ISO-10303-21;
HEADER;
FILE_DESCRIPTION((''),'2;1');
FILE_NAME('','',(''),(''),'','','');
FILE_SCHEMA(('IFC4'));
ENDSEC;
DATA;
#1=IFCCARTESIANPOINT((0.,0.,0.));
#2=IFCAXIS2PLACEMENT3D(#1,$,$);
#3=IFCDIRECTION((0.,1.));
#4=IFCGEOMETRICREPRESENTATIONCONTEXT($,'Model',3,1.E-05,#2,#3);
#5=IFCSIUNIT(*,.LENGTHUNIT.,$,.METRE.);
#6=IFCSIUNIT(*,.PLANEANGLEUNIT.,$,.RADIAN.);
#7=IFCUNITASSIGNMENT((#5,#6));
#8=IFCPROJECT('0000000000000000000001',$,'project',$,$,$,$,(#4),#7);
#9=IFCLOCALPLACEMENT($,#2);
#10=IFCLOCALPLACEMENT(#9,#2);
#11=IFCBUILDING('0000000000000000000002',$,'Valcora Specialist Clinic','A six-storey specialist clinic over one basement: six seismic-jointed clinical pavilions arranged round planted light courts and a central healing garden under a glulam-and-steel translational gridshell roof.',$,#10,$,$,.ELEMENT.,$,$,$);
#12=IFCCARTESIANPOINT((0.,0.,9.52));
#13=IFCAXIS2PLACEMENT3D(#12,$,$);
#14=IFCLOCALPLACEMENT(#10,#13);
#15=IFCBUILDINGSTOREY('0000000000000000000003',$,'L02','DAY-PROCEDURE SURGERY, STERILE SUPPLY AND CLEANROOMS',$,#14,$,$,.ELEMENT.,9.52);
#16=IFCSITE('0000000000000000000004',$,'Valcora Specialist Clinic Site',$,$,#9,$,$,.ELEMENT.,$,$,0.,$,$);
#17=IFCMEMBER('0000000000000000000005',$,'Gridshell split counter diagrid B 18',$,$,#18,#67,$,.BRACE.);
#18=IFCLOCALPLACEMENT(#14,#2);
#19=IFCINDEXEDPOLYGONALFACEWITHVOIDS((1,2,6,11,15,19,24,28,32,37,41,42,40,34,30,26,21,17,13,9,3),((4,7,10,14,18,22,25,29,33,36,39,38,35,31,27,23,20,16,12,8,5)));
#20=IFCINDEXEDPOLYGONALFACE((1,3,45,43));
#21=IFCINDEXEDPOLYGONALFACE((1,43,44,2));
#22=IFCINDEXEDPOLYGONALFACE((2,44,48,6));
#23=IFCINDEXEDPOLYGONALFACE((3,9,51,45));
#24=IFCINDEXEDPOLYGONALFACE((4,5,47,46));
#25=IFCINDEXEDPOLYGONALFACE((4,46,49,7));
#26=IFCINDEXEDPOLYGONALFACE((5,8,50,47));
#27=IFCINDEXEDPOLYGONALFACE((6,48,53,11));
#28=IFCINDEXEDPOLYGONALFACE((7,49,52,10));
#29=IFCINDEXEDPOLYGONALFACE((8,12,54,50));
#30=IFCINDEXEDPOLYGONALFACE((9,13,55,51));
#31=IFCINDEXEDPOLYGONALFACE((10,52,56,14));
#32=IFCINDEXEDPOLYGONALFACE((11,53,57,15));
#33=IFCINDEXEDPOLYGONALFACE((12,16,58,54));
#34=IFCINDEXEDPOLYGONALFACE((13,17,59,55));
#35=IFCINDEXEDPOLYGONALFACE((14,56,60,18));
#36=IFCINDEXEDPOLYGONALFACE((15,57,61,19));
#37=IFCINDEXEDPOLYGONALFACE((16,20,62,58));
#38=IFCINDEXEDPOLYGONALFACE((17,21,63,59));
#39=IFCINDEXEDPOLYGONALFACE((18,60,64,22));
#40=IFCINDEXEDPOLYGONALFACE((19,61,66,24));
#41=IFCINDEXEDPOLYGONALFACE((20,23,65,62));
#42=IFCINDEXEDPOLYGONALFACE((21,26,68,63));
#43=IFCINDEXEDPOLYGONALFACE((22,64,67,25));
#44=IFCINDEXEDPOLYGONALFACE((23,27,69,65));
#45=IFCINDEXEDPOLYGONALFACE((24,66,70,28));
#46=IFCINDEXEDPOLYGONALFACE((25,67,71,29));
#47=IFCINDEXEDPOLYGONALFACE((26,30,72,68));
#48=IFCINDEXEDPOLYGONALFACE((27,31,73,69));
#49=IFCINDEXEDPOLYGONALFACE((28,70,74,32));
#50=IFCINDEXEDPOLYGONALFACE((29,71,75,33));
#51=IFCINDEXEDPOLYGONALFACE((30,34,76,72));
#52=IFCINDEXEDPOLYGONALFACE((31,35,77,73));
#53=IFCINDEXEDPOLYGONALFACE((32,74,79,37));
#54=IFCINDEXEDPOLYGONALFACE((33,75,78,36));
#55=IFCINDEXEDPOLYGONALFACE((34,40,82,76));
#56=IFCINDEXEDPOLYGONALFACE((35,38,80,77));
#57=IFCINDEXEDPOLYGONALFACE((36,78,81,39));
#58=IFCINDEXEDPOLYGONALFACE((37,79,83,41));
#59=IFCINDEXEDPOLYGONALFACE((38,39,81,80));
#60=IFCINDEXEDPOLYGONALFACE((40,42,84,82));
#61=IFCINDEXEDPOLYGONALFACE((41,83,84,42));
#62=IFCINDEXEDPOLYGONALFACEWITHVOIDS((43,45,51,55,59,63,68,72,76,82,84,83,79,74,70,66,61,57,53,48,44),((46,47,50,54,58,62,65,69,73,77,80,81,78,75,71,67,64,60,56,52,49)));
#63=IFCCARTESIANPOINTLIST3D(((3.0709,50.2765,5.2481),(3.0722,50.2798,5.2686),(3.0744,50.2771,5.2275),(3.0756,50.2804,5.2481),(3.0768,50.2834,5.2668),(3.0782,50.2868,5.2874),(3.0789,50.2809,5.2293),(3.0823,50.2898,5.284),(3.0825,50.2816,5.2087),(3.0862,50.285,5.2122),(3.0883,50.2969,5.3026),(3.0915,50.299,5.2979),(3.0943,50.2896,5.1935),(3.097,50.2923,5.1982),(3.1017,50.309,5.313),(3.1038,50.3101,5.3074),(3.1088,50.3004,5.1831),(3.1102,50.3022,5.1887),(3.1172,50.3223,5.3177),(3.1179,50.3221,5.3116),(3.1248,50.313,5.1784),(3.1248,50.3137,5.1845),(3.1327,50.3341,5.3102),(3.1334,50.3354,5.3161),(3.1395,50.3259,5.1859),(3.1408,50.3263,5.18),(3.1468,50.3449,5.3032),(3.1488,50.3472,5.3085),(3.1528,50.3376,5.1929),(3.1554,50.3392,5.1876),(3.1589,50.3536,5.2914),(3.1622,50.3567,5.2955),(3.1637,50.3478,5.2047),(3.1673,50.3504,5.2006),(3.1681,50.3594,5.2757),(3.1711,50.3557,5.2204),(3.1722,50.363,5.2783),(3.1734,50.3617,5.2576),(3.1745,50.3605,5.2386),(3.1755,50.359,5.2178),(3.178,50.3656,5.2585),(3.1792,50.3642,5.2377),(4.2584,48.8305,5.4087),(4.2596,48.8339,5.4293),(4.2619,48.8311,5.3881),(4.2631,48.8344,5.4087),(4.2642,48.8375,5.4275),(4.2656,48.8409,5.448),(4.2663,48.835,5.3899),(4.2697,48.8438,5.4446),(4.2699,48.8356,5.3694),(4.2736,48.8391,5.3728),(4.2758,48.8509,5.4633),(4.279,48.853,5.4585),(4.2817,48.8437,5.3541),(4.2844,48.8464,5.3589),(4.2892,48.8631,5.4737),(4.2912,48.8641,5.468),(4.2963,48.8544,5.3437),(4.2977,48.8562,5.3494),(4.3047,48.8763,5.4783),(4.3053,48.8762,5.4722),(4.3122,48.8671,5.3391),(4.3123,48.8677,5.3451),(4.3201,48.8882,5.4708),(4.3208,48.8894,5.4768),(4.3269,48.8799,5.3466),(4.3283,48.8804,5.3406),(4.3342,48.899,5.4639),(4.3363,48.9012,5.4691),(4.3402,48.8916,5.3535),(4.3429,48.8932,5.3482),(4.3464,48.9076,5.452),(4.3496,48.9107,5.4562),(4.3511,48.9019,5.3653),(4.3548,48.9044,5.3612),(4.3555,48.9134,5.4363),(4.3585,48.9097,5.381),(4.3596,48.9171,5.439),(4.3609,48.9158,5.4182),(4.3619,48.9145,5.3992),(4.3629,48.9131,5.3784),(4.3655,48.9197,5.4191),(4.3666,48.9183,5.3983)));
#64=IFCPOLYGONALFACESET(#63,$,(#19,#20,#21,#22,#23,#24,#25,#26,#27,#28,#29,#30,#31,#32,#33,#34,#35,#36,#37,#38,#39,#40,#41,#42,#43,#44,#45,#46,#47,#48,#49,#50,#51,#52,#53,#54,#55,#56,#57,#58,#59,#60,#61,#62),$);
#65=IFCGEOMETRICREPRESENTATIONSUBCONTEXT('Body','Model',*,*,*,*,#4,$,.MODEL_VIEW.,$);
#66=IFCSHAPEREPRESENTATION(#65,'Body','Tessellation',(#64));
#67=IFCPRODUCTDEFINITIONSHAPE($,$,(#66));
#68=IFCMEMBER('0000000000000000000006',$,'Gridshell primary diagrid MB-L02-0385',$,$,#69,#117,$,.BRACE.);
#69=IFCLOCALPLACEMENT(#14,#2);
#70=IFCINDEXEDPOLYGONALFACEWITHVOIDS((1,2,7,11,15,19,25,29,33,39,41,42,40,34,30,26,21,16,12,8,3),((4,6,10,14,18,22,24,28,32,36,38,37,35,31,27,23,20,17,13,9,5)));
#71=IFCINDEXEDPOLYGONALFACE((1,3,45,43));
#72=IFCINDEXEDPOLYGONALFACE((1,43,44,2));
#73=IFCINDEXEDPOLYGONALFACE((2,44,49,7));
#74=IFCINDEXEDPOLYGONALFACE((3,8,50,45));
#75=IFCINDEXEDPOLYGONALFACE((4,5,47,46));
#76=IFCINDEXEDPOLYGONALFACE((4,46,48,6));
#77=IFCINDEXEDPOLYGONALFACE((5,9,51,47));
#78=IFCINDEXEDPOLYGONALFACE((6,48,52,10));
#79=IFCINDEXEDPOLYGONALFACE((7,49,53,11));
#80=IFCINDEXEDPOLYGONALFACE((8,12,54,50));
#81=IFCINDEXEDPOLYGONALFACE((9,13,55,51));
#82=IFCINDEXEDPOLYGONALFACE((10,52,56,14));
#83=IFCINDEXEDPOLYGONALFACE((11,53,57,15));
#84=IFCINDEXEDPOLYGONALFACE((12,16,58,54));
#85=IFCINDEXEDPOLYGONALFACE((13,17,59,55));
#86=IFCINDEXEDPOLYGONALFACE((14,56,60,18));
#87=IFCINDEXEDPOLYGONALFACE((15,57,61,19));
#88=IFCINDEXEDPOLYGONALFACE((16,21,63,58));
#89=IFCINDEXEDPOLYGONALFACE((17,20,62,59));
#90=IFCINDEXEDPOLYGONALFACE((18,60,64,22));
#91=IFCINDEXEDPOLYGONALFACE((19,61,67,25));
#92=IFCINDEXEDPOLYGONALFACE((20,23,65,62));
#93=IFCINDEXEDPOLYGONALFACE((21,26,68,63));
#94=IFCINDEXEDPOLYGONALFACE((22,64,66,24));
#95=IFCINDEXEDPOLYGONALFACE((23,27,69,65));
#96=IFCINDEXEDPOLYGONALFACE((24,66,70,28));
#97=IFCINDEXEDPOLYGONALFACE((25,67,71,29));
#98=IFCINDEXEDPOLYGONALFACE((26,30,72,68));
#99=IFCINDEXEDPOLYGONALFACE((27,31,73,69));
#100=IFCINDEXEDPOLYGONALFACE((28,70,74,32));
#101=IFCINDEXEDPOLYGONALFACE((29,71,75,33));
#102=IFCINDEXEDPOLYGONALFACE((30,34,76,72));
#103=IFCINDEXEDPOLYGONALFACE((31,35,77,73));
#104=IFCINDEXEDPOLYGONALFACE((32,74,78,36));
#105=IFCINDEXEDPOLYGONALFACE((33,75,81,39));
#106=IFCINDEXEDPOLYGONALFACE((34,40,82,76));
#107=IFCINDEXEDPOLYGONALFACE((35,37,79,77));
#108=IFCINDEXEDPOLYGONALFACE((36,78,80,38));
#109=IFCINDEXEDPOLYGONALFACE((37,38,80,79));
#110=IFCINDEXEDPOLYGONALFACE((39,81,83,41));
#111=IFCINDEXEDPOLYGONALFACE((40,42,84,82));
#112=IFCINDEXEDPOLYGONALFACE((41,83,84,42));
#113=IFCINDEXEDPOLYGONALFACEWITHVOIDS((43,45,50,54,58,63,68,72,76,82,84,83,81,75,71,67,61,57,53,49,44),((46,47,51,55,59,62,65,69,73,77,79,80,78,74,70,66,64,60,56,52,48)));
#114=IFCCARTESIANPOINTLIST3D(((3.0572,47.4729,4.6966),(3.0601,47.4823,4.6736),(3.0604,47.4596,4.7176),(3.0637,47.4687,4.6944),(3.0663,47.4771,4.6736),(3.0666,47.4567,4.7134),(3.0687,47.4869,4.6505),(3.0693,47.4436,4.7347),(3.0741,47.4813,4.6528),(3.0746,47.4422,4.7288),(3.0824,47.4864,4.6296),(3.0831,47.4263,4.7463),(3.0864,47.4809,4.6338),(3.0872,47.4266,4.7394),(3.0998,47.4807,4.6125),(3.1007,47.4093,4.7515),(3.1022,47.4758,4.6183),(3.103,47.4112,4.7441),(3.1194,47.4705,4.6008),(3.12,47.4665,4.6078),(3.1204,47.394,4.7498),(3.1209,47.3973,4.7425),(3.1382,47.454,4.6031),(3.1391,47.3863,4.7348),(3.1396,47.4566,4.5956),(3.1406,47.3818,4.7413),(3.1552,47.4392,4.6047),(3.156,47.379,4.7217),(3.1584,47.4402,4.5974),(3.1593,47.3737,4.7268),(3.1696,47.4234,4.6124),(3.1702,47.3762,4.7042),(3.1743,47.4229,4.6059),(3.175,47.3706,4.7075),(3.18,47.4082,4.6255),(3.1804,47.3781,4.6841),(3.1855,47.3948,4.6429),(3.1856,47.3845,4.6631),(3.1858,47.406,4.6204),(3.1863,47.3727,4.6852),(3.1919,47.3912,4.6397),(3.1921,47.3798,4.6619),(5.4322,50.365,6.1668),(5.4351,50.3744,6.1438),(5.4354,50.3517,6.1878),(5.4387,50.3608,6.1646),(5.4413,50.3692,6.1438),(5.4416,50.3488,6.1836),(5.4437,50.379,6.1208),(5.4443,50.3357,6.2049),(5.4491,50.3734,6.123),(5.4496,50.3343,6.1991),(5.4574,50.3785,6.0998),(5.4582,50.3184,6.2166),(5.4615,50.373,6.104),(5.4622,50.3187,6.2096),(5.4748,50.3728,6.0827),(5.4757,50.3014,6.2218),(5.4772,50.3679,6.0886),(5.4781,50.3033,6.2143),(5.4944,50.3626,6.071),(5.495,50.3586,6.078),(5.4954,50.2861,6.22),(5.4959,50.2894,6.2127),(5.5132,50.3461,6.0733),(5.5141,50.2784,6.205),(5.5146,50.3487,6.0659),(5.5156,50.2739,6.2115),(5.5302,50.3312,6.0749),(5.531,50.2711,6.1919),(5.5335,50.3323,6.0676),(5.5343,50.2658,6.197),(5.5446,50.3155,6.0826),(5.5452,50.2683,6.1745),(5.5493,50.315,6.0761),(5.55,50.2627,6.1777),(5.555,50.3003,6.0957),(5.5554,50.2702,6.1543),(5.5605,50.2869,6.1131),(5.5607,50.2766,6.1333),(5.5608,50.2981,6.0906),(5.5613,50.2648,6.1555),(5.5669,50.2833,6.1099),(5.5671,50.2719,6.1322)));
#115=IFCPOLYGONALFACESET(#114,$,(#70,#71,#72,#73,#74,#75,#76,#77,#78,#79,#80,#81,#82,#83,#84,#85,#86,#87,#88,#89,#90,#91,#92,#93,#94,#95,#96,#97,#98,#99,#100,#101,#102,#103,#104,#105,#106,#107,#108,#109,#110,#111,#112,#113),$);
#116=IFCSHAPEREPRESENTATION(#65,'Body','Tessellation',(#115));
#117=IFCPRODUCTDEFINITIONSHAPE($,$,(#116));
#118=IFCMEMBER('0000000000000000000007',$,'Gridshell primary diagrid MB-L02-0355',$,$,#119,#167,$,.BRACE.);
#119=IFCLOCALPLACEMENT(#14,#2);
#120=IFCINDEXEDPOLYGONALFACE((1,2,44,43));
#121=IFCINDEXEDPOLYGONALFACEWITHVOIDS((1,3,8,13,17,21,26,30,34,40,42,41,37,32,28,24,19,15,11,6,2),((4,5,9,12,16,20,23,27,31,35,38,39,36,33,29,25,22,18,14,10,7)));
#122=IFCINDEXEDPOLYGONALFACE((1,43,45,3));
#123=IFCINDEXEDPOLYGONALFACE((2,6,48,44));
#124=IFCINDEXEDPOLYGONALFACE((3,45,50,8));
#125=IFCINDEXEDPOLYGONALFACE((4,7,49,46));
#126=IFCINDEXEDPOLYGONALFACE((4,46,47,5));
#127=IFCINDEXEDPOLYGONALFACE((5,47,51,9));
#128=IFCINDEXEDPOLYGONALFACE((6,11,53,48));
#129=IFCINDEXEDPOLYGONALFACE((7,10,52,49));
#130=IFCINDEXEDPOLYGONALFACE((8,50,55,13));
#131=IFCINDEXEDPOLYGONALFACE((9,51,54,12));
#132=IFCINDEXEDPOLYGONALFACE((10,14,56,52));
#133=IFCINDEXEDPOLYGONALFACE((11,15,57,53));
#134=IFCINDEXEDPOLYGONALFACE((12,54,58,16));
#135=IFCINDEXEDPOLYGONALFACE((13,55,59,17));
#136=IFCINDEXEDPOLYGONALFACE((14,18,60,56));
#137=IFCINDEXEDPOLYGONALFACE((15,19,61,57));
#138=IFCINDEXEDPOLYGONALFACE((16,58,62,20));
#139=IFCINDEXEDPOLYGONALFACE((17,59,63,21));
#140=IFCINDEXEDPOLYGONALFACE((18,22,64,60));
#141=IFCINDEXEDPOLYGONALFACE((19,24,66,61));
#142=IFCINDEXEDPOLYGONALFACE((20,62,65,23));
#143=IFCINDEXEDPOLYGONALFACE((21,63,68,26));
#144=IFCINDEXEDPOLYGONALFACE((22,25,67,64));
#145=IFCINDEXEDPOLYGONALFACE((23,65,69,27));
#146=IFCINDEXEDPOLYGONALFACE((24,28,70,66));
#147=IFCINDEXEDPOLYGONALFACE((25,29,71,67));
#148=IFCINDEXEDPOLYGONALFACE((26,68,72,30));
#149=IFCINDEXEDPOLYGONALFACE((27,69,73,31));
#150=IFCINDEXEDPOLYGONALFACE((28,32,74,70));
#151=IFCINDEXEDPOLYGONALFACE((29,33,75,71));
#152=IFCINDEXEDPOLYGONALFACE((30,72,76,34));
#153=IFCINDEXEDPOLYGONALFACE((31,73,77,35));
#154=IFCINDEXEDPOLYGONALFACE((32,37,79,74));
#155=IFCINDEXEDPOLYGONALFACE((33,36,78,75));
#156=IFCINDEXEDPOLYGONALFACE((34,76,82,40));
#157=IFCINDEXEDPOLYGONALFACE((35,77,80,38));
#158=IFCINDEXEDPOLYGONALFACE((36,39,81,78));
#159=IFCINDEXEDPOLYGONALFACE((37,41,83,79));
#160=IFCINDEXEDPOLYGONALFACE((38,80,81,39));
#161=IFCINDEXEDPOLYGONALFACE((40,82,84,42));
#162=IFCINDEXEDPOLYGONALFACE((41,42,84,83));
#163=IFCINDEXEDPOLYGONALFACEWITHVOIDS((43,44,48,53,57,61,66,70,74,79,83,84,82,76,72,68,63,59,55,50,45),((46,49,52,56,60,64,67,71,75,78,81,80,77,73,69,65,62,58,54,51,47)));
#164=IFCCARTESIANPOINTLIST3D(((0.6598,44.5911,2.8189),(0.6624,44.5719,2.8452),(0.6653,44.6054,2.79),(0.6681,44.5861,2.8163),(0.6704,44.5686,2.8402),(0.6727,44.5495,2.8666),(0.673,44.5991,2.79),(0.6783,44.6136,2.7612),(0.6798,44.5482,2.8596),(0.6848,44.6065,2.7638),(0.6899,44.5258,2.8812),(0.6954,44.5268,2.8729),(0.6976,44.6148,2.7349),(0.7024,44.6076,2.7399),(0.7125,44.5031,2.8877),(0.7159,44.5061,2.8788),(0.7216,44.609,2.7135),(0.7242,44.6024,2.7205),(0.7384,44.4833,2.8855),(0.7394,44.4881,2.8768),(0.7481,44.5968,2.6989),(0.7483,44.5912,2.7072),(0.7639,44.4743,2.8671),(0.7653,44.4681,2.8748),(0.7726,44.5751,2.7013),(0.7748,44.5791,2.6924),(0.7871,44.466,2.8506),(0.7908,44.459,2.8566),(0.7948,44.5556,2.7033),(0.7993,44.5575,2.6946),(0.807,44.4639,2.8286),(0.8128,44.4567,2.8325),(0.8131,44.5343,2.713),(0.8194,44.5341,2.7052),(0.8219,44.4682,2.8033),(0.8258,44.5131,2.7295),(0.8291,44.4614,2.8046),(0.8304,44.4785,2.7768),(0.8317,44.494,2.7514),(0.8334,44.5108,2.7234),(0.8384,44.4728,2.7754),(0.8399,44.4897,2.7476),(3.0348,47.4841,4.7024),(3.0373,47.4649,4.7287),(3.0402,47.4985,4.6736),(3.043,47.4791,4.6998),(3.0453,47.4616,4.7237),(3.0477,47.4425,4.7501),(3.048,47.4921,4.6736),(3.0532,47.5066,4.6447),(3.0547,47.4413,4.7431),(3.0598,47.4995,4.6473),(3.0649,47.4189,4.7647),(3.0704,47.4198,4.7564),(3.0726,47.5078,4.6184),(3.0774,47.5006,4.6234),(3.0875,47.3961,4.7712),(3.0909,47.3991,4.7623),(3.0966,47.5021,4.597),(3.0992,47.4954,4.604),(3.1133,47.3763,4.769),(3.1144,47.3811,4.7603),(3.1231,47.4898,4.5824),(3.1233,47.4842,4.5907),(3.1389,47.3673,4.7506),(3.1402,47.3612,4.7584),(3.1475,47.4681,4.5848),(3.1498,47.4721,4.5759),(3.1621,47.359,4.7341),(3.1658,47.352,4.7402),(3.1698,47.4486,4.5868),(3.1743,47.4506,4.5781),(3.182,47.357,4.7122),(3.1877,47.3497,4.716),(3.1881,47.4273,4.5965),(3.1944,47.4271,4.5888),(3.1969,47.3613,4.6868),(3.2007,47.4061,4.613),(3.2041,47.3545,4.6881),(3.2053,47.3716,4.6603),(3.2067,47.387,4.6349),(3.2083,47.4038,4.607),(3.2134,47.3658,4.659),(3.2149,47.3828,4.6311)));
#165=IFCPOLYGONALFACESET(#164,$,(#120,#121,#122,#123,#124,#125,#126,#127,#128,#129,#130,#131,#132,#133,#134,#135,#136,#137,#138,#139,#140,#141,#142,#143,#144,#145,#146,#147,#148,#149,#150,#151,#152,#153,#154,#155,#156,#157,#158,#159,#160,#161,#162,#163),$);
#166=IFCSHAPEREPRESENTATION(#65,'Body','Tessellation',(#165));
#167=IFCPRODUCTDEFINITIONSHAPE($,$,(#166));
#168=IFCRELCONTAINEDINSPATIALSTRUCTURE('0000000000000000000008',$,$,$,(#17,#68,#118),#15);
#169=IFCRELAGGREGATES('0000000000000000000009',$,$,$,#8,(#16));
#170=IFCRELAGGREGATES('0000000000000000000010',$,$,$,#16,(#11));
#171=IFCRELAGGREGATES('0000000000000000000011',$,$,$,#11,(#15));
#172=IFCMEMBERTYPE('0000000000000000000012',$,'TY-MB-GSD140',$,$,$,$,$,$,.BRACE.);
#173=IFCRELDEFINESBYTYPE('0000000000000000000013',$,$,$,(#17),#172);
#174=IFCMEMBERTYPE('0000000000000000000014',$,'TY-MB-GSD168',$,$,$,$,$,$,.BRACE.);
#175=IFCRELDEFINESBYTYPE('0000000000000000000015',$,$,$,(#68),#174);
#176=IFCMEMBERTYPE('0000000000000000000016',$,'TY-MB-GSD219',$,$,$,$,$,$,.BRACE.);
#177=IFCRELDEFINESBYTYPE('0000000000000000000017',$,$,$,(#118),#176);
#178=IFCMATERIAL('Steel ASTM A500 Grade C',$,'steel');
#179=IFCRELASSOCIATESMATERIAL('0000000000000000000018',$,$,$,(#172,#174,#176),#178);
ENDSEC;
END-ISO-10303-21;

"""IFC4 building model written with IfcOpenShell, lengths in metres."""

from ifc_helpers import new_model, si_unit, direction, frame, origin, origin_2d, place, context, subcontext, project, spatial, hollow_circle, extrude, material, material_profile, profile_set, type_object, element, save


model = new_model("IFC4")

# Units and contexts
model_context = context("Model", 3, precision=1e-05, world=origin(), true_north=direction((0.0, 1.0)))
body_context = subcontext(model_context, "Body", "Model", "MODEL_VIEW")
ifc_project = project(units=[si_unit("LENGTHUNIT", "METRE"), si_unit("PLANEANGLEUNIT", "RADIAN")], contexts=[model_context])

# Site, building, storey
site_placement = place(None, origin())
site = spatial("IfcSite", under=ifc_project, at=site_placement, Name="Valcora Specialist Clinic Site", CompositionType="ELEMENT", RefElevation=0.0)
building_placement = place(site_placement, origin())
building = spatial("IfcBuilding", under=site, at=building_placement, Name="Valcora Specialist Clinic", Description="A six-storey specialist clinic over one basement: six seismic-jointed clinical pavilions arranged round planted light courts and a central healing garden under a glulam-and-steel translational gridshell roof.", CompositionType="ELEMENT")
storey_placement = place(building_placement, frame((0.0, 0.0, 9.52)))
storey = spatial("IfcBuildingStorey", under=building, at=storey_placement, Name="L02", Description="DAY-PROCEDURE SURGERY, STERILE SUPPLY AND CLEANROOMS", CompositionType="ELEMENT", Elevation=9.52)

# Members
ifc_material_1 = material(Name="Steel ASTM A500 Grade C", Category="steel")
ifc_material_profile_1 = material_profile(ifc_material_1, hollow_circle(Radius=0.0701, WallThickness=0.0061, at=origin_2d()), Name="ST-CHS-140X6")
ifc_profile_set_1 = profile_set([ifc_material_profile_1], Name="Steel ASTM A500 Grade C")
member_type_1 = type_object("IfcMemberType", Name="TY-MB-GSD140", PredefinedType="BRACE", material=ifc_profile_set_1)
member_1_placement = place(storey_placement, frame((4.3125, 48.875, 5.4087), z_axis=(-0.63231, 0.769978, -0.085539), x_axis=(-0.772811, -0.634636, 0.0)))
element("IfcMember", 1, at=member_1_placement, inside=storey, type_object=member_type_1, Name="Gridshell split counter diagrid B 18", PredefinedType="BRACE", context=body_context, shape_type="SweptSolid", body=[
    extrude(hollow_circle(Radius=0.0701, WallThickness=0.0061, at=origin_2d()), origin(), (0.0, 0.0, 1.0), 1.8779),
])
ifc_material_profile_2 = material_profile(ifc_material_1, hollow_circle(Radius=0.084, WallThickness=0.0081, at=origin_2d()), Name="ST-CHS-168X8")
ifc_profile_set_2 = profile_set([ifc_material_profile_2], Name="Steel ASTM A500 Grade C")
member_type_2 = type_object("IfcMemberType", Name="TY-MB-GSD168", PredefinedType="BRACE", material=ifc_profile_set_2)
member_2_placement = place(storey_placement, frame((3.125, 47.429, 4.6736), z_axis=(0.590687, 0.719293, 0.365658), x_axis=(-0.772811, 0.634636, 0.0)))
element("IfcMember", 2, at=member_2_placement, inside=storey, type_object=member_type_2, Name="Gridshell primary diagrid MB-L02-0385", PredefinedType="BRACE", context=body_context, shape_type="SweptSolid", body=[
    extrude(hollow_circle(Radius=0.084, WallThickness=0.0081, at=origin_2d()), origin(), (0.0, 0.0, 1.0), 4.0208),
])
ifc_material_profile_3 = material_profile(ifc_material_1, hollow_circle(Radius=0.1096, WallThickness=0.01, at=origin_2d()), Name="ST-CHS-219X10")
ifc_profile_set_3 = profile_set([ifc_material_profile_3], Name="Steel ASTM A500 Grade C")
member_type_3 = type_object("IfcMemberType", Name="TY-MB-GSD219", PredefinedType="BRACE", material=ifc_profile_set_3)
member_3_placement = place(storey_placement, frame((0.75, 44.5359, 2.79), z_axis=(0.566792, 0.690428, 0.449507), x_axis=(-0.772916, 0.634508, 0.0)))
element("IfcMember", 3, at=member_3_placement, inside=storey, type_object=member_type_3, Name="Gridshell primary diagrid MB-L02-0355", PredefinedType="BRACE", context=body_context, shape_type="SweptSolid", body=[
    extrude(hollow_circle(Radius=0.1096, WallThickness=0.01, at=origin_2d()), origin(), (0.0, 0.0, 1.0), 4.1902),
])

save(model, "model.ifc")
